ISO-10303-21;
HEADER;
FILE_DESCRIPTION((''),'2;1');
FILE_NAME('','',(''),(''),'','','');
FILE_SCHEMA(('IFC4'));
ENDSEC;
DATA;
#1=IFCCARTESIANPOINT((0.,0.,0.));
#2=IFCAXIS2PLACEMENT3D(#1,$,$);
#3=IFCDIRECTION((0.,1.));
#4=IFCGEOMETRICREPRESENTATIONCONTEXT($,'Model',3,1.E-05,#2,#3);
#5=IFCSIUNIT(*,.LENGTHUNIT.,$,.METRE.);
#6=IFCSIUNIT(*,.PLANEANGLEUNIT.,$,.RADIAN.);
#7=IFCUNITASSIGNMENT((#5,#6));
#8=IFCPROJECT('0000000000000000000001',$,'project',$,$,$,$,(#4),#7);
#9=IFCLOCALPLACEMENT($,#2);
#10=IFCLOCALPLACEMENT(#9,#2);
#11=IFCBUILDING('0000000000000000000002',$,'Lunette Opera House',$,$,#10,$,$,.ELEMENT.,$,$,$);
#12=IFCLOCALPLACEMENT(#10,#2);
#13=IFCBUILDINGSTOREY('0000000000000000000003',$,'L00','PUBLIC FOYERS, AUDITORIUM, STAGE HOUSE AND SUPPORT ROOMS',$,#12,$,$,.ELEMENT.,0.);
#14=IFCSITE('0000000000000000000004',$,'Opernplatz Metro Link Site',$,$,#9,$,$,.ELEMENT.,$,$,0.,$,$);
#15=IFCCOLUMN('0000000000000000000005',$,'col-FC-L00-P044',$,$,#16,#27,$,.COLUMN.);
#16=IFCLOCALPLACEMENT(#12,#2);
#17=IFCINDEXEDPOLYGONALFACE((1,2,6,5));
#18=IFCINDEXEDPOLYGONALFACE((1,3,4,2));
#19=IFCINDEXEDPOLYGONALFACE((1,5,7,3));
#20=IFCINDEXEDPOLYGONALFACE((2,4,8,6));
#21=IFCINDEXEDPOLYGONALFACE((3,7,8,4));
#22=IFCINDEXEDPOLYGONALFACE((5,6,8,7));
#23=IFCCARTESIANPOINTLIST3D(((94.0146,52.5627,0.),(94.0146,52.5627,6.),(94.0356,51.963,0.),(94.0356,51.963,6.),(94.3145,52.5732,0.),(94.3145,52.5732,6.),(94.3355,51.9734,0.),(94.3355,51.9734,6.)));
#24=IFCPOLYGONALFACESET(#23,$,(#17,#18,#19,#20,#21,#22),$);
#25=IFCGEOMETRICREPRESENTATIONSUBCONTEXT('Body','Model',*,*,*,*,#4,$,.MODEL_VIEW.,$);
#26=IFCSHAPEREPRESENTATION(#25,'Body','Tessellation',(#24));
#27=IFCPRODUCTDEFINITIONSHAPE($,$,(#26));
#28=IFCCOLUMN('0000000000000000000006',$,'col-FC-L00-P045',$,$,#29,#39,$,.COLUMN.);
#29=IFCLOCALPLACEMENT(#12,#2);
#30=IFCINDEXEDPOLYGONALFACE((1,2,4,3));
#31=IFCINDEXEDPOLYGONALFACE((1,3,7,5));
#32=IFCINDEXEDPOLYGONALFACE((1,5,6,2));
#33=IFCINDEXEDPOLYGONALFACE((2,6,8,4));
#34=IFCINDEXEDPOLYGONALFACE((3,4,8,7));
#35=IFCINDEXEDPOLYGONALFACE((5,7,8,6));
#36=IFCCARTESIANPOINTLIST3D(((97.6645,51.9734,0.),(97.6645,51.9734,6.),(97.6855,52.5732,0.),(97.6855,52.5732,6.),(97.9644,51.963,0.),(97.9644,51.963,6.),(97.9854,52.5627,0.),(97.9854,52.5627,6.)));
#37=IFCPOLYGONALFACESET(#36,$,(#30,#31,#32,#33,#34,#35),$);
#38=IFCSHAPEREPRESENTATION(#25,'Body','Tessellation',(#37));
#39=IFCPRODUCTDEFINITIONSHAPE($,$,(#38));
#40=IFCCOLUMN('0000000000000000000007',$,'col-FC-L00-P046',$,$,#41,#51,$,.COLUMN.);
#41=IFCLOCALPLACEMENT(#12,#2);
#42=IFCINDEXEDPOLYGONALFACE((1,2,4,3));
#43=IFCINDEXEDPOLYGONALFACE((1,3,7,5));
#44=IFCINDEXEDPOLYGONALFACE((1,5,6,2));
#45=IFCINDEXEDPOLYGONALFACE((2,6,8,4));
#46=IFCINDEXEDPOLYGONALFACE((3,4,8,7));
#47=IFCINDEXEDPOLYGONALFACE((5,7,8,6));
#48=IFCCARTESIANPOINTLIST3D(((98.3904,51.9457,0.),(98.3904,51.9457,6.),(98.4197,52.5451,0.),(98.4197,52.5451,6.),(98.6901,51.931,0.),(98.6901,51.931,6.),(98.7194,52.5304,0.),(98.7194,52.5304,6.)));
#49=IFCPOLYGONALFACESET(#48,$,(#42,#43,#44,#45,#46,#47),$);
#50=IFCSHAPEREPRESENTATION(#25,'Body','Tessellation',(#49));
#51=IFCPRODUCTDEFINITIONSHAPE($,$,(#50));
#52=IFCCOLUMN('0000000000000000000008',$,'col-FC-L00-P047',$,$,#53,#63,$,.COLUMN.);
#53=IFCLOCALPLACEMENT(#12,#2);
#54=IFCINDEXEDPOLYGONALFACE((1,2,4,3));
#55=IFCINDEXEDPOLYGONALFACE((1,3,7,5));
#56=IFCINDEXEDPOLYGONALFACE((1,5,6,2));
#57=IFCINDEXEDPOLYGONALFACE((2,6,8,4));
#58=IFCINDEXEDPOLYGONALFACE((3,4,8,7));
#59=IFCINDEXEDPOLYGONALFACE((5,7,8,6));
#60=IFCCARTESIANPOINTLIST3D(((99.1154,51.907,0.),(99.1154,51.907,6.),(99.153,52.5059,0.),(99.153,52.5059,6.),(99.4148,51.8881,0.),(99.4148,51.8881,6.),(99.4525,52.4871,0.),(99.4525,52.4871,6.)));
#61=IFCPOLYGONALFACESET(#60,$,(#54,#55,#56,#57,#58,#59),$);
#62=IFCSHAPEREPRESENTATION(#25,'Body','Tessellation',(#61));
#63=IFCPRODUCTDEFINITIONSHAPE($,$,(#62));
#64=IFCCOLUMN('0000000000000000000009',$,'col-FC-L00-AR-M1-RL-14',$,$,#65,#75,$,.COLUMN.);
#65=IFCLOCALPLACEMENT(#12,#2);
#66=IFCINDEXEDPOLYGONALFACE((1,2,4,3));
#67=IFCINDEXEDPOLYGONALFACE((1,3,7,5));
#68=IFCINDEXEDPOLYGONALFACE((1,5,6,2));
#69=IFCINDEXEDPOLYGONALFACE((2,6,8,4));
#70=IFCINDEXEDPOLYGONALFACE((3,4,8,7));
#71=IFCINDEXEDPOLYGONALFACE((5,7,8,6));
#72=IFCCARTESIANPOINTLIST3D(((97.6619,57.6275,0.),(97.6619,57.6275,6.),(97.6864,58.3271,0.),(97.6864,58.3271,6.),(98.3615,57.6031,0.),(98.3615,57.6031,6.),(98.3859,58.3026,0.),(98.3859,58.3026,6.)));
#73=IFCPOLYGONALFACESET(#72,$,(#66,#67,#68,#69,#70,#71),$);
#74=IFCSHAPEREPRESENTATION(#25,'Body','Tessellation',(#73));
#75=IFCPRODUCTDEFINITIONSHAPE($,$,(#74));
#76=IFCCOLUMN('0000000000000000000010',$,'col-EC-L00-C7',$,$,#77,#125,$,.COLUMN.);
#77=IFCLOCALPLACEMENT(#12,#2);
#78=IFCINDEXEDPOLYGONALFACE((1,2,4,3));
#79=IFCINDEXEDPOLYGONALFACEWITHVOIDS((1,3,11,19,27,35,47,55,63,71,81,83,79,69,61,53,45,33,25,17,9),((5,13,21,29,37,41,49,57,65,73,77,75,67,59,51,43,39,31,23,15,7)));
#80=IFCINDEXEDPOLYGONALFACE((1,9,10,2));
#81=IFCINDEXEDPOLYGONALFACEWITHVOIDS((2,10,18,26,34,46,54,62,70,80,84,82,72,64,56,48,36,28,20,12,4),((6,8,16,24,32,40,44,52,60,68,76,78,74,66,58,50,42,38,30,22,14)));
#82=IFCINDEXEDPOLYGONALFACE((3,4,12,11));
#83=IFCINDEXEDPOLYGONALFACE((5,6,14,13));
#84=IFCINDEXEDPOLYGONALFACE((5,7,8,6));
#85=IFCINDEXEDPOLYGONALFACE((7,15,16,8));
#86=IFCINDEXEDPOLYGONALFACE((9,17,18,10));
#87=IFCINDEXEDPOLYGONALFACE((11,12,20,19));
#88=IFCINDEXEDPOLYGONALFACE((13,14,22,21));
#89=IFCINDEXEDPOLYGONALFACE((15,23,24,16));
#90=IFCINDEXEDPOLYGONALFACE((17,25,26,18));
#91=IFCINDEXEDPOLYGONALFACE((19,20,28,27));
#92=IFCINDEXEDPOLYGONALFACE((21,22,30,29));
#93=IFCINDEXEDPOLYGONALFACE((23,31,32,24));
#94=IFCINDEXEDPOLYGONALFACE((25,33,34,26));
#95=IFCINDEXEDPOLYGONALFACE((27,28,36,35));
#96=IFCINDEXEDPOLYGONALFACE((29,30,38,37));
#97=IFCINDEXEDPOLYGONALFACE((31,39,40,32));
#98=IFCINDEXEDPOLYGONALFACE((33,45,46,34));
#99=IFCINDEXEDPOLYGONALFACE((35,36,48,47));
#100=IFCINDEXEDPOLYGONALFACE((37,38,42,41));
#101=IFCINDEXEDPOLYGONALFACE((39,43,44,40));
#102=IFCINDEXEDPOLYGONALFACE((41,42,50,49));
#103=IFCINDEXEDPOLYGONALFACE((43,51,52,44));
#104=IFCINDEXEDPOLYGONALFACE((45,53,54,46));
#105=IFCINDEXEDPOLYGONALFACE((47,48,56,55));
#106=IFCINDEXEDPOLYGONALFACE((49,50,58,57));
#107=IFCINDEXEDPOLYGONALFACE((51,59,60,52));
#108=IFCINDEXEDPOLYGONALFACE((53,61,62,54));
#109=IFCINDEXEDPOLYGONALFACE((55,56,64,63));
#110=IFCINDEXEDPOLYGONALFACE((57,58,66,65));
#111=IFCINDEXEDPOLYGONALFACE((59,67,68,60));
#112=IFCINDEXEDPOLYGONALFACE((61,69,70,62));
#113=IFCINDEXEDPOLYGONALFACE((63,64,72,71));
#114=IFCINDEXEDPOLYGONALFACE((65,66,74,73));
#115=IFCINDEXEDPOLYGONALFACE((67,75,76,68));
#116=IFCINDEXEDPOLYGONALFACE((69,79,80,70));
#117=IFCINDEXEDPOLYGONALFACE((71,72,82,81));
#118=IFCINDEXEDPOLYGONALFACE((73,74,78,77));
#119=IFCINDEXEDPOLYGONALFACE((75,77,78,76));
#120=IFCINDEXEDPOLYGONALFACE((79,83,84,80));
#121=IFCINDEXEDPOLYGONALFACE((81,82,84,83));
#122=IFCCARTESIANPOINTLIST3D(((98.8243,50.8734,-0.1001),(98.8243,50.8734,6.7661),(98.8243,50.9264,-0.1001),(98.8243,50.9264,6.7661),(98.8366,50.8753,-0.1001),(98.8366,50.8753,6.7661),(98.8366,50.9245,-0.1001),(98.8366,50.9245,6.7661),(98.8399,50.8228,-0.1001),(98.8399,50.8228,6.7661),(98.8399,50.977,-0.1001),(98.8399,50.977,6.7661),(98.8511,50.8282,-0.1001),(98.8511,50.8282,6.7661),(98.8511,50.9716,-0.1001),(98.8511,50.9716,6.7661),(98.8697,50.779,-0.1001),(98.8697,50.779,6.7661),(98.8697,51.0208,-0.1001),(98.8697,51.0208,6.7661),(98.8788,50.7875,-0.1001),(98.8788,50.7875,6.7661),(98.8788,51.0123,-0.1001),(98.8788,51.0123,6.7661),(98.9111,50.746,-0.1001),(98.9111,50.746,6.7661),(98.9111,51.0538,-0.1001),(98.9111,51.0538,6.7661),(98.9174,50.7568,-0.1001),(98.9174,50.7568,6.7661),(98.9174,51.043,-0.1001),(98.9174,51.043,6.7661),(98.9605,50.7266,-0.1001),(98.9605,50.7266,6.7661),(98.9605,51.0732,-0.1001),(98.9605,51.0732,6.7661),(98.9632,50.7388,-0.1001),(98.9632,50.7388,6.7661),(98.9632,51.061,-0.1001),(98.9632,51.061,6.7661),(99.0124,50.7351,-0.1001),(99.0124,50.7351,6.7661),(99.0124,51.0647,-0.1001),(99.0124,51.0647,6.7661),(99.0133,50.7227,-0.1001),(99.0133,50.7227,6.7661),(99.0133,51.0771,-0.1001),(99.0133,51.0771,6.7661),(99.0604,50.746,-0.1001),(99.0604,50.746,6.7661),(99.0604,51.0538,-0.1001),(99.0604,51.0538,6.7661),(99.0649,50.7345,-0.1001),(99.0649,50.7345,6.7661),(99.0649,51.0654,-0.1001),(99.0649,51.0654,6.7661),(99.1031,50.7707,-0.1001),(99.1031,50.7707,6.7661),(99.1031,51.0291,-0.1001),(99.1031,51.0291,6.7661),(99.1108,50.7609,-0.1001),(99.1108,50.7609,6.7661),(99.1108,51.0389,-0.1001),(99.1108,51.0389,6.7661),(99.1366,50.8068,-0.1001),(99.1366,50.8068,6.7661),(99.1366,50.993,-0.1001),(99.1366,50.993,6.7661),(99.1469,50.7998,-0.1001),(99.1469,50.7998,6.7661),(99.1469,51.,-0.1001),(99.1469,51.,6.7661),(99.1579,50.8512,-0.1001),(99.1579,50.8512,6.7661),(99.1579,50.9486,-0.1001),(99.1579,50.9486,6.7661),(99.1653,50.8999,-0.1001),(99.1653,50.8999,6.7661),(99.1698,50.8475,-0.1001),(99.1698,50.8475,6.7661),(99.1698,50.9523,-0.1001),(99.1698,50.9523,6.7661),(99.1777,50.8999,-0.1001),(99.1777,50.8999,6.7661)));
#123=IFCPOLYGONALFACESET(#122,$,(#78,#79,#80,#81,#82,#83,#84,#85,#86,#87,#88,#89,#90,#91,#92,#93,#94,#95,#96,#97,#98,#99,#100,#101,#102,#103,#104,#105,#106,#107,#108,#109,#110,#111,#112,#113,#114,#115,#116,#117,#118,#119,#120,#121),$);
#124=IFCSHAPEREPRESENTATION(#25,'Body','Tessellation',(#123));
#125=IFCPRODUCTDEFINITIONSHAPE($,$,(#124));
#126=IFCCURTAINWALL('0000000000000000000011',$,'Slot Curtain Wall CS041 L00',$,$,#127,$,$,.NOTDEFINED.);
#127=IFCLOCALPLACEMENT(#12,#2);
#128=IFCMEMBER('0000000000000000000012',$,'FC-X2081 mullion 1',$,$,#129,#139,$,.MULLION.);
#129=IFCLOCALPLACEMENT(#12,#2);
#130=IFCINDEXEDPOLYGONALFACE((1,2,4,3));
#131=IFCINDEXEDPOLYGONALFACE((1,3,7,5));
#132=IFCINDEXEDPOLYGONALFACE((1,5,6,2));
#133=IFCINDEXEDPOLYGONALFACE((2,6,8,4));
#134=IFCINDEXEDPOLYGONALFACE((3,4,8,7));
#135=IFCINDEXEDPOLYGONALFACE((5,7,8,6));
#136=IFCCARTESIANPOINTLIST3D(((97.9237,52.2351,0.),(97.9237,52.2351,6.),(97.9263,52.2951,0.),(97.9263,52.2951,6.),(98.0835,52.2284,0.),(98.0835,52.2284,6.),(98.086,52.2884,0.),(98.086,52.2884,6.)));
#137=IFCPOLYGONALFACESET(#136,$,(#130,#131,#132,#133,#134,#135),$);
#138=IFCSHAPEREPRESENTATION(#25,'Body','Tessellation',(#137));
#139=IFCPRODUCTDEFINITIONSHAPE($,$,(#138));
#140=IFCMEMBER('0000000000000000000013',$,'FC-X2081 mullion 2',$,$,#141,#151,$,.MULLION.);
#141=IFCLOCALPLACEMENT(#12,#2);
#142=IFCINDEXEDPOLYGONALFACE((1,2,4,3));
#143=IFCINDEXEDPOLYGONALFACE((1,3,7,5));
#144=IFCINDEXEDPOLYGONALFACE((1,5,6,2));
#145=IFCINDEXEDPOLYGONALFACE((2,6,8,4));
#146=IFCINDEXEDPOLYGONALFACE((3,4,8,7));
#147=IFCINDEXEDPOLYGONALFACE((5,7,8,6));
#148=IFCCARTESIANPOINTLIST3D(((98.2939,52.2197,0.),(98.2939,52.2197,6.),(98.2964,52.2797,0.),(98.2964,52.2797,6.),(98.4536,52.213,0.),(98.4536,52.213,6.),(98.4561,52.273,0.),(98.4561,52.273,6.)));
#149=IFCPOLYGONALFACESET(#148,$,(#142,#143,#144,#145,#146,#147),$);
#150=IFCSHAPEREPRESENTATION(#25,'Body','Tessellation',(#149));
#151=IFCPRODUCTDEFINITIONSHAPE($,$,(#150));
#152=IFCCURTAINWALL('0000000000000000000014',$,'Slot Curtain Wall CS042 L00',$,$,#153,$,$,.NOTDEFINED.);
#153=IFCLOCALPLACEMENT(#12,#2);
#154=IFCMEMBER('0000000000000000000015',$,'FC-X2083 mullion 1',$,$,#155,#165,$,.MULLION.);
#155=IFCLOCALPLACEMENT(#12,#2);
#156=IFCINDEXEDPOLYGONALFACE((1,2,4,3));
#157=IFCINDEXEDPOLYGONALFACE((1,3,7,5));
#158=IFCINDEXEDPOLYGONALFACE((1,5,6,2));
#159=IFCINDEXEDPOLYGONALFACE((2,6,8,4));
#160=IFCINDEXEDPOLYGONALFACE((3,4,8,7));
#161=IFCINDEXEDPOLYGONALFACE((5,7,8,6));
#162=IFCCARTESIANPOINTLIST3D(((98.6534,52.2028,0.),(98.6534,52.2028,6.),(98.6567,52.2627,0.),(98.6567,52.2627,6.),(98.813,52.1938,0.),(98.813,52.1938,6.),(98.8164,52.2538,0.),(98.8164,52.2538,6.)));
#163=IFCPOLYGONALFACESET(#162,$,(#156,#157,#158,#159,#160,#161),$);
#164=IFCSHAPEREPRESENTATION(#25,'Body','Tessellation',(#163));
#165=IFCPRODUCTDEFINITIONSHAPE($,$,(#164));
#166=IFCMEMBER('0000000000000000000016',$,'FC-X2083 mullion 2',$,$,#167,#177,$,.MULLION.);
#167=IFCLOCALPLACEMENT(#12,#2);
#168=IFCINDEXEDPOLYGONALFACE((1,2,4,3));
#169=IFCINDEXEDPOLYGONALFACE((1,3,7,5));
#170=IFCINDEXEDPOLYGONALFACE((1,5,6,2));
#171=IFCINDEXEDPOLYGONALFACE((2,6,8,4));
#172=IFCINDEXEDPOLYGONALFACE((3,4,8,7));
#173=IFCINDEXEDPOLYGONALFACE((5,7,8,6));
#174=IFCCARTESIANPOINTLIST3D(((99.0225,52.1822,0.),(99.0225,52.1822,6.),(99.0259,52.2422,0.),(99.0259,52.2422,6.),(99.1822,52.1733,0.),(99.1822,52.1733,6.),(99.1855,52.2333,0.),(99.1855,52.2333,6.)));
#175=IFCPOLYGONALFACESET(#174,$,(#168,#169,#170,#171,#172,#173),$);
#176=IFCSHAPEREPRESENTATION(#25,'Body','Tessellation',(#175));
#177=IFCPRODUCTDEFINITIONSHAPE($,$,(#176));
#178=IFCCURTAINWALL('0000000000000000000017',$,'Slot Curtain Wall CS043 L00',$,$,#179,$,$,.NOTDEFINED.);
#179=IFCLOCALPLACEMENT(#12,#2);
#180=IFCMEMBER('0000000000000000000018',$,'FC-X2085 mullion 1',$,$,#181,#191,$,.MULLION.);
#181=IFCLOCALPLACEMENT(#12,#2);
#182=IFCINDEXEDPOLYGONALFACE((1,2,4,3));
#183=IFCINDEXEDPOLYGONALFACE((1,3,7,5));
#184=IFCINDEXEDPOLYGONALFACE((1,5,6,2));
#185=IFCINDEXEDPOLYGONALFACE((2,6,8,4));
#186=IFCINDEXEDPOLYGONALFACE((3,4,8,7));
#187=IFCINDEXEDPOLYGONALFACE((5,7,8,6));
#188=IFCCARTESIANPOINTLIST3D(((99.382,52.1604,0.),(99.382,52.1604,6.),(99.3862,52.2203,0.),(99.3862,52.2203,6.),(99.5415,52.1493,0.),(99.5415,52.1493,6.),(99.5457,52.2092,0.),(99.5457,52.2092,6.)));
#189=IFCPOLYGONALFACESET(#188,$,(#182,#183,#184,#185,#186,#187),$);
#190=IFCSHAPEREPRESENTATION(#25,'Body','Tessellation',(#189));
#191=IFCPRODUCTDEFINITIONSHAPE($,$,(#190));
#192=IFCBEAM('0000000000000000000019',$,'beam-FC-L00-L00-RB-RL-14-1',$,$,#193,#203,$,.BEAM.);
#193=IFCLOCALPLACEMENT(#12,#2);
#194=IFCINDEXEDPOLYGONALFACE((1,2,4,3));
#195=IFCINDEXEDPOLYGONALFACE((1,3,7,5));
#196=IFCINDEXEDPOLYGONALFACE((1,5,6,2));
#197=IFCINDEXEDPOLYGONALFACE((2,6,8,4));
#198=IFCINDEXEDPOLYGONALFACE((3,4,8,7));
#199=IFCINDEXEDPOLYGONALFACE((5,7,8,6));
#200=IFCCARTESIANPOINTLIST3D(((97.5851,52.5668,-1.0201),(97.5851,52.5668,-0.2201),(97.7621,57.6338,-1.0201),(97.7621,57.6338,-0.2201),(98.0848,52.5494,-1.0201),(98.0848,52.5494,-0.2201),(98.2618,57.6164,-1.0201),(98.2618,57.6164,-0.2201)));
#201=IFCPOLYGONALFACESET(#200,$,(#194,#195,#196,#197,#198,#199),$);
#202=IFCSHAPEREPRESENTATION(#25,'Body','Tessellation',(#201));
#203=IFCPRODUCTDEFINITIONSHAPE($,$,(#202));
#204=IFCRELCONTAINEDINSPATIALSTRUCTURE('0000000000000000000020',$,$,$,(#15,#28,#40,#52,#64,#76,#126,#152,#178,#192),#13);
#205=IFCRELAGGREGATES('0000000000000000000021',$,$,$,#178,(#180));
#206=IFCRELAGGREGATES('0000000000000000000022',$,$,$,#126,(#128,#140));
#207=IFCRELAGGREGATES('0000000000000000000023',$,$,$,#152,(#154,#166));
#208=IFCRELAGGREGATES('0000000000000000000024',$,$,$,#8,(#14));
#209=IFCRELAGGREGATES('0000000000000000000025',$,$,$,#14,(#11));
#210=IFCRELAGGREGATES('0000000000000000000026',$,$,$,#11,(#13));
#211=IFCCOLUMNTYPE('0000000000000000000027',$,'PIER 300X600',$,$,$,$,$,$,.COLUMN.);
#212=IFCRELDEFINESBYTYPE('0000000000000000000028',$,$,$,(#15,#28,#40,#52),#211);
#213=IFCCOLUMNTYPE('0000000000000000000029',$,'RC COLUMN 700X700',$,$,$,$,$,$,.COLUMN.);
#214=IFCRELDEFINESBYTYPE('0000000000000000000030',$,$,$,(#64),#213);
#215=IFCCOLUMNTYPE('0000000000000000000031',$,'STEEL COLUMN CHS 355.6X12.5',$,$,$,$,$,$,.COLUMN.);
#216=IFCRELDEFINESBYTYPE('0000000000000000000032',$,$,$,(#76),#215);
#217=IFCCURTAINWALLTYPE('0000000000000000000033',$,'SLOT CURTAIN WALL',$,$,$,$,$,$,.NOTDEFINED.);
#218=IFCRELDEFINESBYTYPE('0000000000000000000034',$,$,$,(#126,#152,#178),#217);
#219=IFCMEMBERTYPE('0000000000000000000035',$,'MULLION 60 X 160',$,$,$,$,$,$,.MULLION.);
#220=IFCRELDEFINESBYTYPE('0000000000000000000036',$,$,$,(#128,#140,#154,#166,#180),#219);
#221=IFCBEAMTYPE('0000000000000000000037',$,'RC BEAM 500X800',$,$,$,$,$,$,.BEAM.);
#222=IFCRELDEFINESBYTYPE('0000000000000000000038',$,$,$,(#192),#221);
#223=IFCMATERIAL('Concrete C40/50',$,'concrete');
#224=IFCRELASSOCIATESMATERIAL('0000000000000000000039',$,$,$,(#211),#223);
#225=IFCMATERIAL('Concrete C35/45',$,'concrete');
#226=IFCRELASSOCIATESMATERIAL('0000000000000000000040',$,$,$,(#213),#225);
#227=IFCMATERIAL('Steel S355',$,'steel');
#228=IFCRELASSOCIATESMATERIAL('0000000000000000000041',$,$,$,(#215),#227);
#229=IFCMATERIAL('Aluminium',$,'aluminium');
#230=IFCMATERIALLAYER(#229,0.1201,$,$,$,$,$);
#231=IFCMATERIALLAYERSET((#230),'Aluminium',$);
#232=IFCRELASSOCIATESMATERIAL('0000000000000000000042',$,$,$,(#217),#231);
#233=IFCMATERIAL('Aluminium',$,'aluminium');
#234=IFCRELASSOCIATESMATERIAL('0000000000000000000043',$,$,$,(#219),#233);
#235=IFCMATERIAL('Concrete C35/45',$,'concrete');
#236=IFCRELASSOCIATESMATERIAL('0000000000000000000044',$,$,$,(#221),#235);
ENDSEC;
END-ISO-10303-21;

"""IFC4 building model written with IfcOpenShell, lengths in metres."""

from ifc_helpers import new_model, si_unit, direction, frame, origin, origin_2d, place, context, subcontext, project, spatial, rectangle, hollow_circle, extrude, material, layer, layer_set, material_profile, profile_set, type_object, element, aggregate, save


model = new_model("IFC4")

# Units and contexts
model_context = context("Model", 3, precision=1e-05, world=origin(), true_north=direction((0.0, 1.0)))
body_context = subcontext(model_context, "Body", "Model", "MODEL_VIEW")
ifc_project = project(units=[si_unit("LENGTHUNIT", "METRE"), si_unit("PLANEANGLEUNIT", "RADIAN")], contexts=[model_context])

# Site, building, storey
site_placement = place(None, origin())
site = spatial("IfcSite", under=ifc_project, at=site_placement, Name="Opernplatz Metro Link Site", CompositionType="ELEMENT", RefElevation=0.0)
building_placement = place(site_placement, origin())
building = spatial("IfcBuilding", under=site, at=building_placement, Name="Lunette Opera House", CompositionType="ELEMENT")
storey_placement = place(building_placement, origin())
storey = spatial("IfcBuildingStorey", under=building, at=storey_placement, Name="L00", Description="PUBLIC FOYERS, AUDITORIUM, STAGE HOUSE AND SUPPORT ROOMS", CompositionType="ELEMENT", Elevation=0.0)

# Columns
ifc_material_1 = material(Name="Concrete C40/50", Category="concrete")
ifc_material_profile_1 = material_profile(ifc_material_1, rectangle(XDim=0.3, YDim=0.6001, at=origin_2d()), Name="PIER 300X600")
ifc_profile_set_1 = profile_set([ifc_material_profile_1], Name="Concrete C40/50")
column_type_1 = type_object("IfcColumnType", Name="PIER 300X600", PredefinedType="COLUMN", material=ifc_profile_set_1)
for number, where, z_axis, x_axis, name in (
    (1, (94.175, 52.2681, 0.0), (0.0, 0.0, 1.0), (0.999391, 0.034899, 0.0), "col-FC-L00-P044"),
    (2, (97.825, 52.2681, 0.0), (0.0, 0.0, 1.0), (0.999391, -0.034899, 0.0), "col-FC-L00-P045"),
    (3, (98.5549, 52.238, 0.0), (0.0, 0.0, 1.0), (0.998806, -0.04885, 0.0), "col-FC-L00-P046"),
    (4, (99.2839, 52.197, 0.0), (0.0, 0.0, 1.0), (0.998027, -0.062791, 0.0), "col-FC-L00-P047"),
):
    element("IfcColumn", number, at=place(storey_placement, frame(where, z_axis=z_axis, x_axis=x_axis)), inside=storey, type_object=column_type_1, Name=name, PredefinedType="COLUMN", context=body_context, shape_type="SweptSolid", body=[
        extrude(rectangle(XDim=0.3, YDim=0.6001, at=origin_2d()), origin(), (0.0, 0.0, 1.0), 6.0),
    ])
ifc_material_2 = material(Name="Concrete C35/45", Category="concrete")
ifc_material_profile_2 = material_profile(ifc_material_2, rectangle(XDim=0.7, YDim=0.7, at=origin_2d()), Name="RC COLUMN 700X700")
ifc_profile_set_2 = profile_set([ifc_material_profile_2], Name="Concrete C35/45")
column_type_2 = type_object("IfcColumnType", Name="RC COLUMN 700X700", PredefinedType="COLUMN", material=ifc_profile_set_2)
column_1_placement = place(storey_placement, frame((98.0239, 57.9651, 0.0), z_axis=(0.0, 0.0, 1.0), x_axis=(0.999391, -0.034899, 0.0)))
element("IfcColumn", 5, at=column_1_placement, inside=storey, type_object=column_type_2, Name="col-FC-L00-AR-M1-RL-14", PredefinedType="COLUMN", context=body_context, shape_type="SweptSolid", body=[
    extrude(rectangle(XDim=0.7, YDim=0.7, at=origin_2d()), origin(), (0.0, 0.0, 1.0), 6.0),
])
ifc_material_3 = material(Name="Steel S355", Category="steel")
ifc_material_profile_3 = material_profile(ifc_material_3, hollow_circle(Radius=0.1777, WallThickness=0.0125, at=origin_2d()), Name="CHS 355.6X12.5")
ifc_profile_set_3 = profile_set([ifc_material_profile_3], Name="Steel S355")
column_type_3 = type_object("IfcColumnType", Name="STEEL COLUMN CHS 355.6X12.5", PredefinedType="COLUMN", material=ifc_profile_set_3)
column_2_placement = place(storey_placement, frame((99.0, 50.8999, -0.1001), z_axis=(0.0, 0.0, 1.0), x_axis=(1.0, 0.0, 0.0)))
element("IfcColumn", 6, at=column_2_placement, inside=storey, type_object=column_type_3, Name="col-EC-L00-C7", PredefinedType="COLUMN", context=body_context, shape_type="SweptSolid", body=[
    extrude(hollow_circle(Radius=0.1777, WallThickness=0.0125, at=origin_2d()), origin(), (0.0, 0.0, 1.0), 6.8662),
])

# Curtain walls, members
ifc_material_4 = material(Name="Aluminium", Category="aluminium")
ifc_layer_1 = layer(ifc_material_4, 0.1201)
ifc_layer_set_1 = layer_set([ifc_layer_1], Name="Aluminium")
curtain_wall_type = type_object("IfcCurtainWallType", Name="SLOT CURTAIN WALL", PredefinedType="NOTDEFINED", material=ifc_layer_set_1)
curtain_wall_1_placement = place(storey_placement, origin())
curtain_wall_1 = element("IfcCurtainWall", 7, at=curtain_wall_1_placement, inside=storey, type_object=curtain_wall_type, Name="Slot Curtain Wall CS041 L00", PredefinedType="NOTDEFINED")
ifc_material_5 = material(Name="Aluminium", Category="aluminium")
ifc_material_profile_4 = material_profile(ifc_material_5, rectangle(XDim=0.0601, YDim=0.1599, at=origin_2d()), Name="MULLION 60 X 160")
ifc_profile_set_4 = profile_set([ifc_material_profile_4], Name="Aluminium")
member_type_1 = type_object("IfcMemberType", Name="MULLION 60 X 160", PredefinedType="MULLION", material=ifc_profile_set_4)
member_1_placement = place(storey_placement, frame((98.0049, 52.2617, 0.0), z_axis=(0.0, 0.0, 1.0), x_axis=(0.041824, 0.999125, 0.0)))
member_1 = element("IfcMember", 8, at=member_1_placement, type_object=member_type_1, Name="FC-X2081 mullion 1", PredefinedType="MULLION", context=body_context, shape_type="SweptSolid", body=[
    extrude(rectangle(XDim=0.0601, YDim=0.1599, at=origin_2d()), origin(), (0.0, 0.0, 1.0), 6.0),
])
member_2_placement = place(storey_placement, frame((98.375, 52.2463, 0.0), z_axis=(0.0, 0.0, 1.0), x_axis=(0.041824, 0.999125, 0.0)))
member_2 = element("IfcMember", 9, at=member_2_placement, type_object=member_type_1, Name="FC-X2081 mullion 2", PredefinedType="MULLION", context=body_context, shape_type="SweptSolid", body=[
    extrude(rectangle(XDim=0.0601, YDim=0.1599, at=origin_2d()), origin(), (0.0, 0.0, 1.0), 6.0),
])
curtain_wall_2_placement = place(storey_placement, origin())
curtain_wall_2 = element("IfcCurtainWall", 10, at=curtain_wall_2_placement, inside=storey, type_object=curtain_wall_type, Name="Slot Curtain Wall CS042 L00", PredefinedType="NOTDEFINED")
member_3_placement = place(storey_placement, frame((98.7349, 52.2283, 0.0), z_axis=(0.0, 0.0, 1.0), x_axis=(0.055857, 0.998439, 0.0)))
member_3 = element("IfcMember", 11, at=member_3_placement, type_object=member_type_1, Name="FC-X2083 mullion 1", PredefinedType="MULLION", context=body_context, shape_type="SweptSolid", body=[
    extrude(rectangle(XDim=0.0601, YDim=0.1599, at=origin_2d()), origin(), (0.0, 0.0, 1.0), 6.0),
])
member_4_placement = place(storey_placement, frame((99.104, 52.2078, 0.0), z_axis=(0.0, 0.0, 1.0), x_axis=(0.055857, 0.998439, 0.0)))
member_4 = element("IfcMember", 12, at=member_4_placement, type_object=member_type_1, Name="FC-X2083 mullion 2", PredefinedType="MULLION", context=body_context, shape_type="SweptSolid", body=[
    extrude(rectangle(XDim=0.0601, YDim=0.1599, at=origin_2d()), origin(), (0.0, 0.0, 1.0), 6.0),
])

# Curtain wall, member
curtain_wall_3_placement = place(storey_placement, origin())
curtain_wall_3 = element("IfcCurtainWall", 13, at=curtain_wall_3_placement, inside=storey, type_object=curtain_wall_type, Name="Slot Curtain Wall CS043 L00", PredefinedType="NOTDEFINED")
member_5_placement = place(storey_placement, frame((99.4639, 52.1848, 0.0), z_axis=(0.0, 0.0, 1.0), x_axis=(0.06976, 0.997564, 0.0)))
member_5 = element("IfcMember", 14, at=member_5_placement, type_object=member_type_1, Name="FC-X2085 mullion 1", PredefinedType="MULLION", context=body_context, shape_type="SweptSolid", body=[
    extrude(rectangle(XDim=0.0601, YDim=0.1599, at=origin_2d()), origin(), (0.0, 0.0, 1.0), 6.0),
])

# Beam
ifc_material_6 = material(Name="Concrete C35/45", Category="concrete")
ifc_material_profile_5 = material_profile(ifc_material_6, rectangle(XDim=0.5, YDim=0.8, at=origin_2d()), Name="RC BEAM 500X800")
ifc_profile_set_5 = profile_set([ifc_material_profile_5], Name="Concrete C35/45")
beam_type_1 = type_object("IfcBeamType", Name="RC BEAM 500X800", PredefinedType="BEAM", material=ifc_profile_set_5)
beam_1_placement = place(storey_placement, frame((97.835, 52.5581, -0.6201), z_axis=(0.034912, 0.99939, 0.0), x_axis=(-0.99939, 0.034912, 0.0)))
element("IfcBeam", 15, at=beam_1_placement, inside=storey, type_object=beam_type_1, Name="beam-FC-L00-L00-RB-RL-14-1", PredefinedType="BEAM", context=body_context, shape_type="SweptSolid", body=[
    extrude(rectangle(XDim=0.5, YDim=0.8, at=origin_2d()), origin(), (0.0, 0.0, 1.0), 5.0701),
])

aggregate(curtain_wall_3, [member_5])

aggregate(curtain_wall_1, [member_1, member_2])
aggregate(curtain_wall_2, [member_3, member_4])

save(model, "model.ifc")
